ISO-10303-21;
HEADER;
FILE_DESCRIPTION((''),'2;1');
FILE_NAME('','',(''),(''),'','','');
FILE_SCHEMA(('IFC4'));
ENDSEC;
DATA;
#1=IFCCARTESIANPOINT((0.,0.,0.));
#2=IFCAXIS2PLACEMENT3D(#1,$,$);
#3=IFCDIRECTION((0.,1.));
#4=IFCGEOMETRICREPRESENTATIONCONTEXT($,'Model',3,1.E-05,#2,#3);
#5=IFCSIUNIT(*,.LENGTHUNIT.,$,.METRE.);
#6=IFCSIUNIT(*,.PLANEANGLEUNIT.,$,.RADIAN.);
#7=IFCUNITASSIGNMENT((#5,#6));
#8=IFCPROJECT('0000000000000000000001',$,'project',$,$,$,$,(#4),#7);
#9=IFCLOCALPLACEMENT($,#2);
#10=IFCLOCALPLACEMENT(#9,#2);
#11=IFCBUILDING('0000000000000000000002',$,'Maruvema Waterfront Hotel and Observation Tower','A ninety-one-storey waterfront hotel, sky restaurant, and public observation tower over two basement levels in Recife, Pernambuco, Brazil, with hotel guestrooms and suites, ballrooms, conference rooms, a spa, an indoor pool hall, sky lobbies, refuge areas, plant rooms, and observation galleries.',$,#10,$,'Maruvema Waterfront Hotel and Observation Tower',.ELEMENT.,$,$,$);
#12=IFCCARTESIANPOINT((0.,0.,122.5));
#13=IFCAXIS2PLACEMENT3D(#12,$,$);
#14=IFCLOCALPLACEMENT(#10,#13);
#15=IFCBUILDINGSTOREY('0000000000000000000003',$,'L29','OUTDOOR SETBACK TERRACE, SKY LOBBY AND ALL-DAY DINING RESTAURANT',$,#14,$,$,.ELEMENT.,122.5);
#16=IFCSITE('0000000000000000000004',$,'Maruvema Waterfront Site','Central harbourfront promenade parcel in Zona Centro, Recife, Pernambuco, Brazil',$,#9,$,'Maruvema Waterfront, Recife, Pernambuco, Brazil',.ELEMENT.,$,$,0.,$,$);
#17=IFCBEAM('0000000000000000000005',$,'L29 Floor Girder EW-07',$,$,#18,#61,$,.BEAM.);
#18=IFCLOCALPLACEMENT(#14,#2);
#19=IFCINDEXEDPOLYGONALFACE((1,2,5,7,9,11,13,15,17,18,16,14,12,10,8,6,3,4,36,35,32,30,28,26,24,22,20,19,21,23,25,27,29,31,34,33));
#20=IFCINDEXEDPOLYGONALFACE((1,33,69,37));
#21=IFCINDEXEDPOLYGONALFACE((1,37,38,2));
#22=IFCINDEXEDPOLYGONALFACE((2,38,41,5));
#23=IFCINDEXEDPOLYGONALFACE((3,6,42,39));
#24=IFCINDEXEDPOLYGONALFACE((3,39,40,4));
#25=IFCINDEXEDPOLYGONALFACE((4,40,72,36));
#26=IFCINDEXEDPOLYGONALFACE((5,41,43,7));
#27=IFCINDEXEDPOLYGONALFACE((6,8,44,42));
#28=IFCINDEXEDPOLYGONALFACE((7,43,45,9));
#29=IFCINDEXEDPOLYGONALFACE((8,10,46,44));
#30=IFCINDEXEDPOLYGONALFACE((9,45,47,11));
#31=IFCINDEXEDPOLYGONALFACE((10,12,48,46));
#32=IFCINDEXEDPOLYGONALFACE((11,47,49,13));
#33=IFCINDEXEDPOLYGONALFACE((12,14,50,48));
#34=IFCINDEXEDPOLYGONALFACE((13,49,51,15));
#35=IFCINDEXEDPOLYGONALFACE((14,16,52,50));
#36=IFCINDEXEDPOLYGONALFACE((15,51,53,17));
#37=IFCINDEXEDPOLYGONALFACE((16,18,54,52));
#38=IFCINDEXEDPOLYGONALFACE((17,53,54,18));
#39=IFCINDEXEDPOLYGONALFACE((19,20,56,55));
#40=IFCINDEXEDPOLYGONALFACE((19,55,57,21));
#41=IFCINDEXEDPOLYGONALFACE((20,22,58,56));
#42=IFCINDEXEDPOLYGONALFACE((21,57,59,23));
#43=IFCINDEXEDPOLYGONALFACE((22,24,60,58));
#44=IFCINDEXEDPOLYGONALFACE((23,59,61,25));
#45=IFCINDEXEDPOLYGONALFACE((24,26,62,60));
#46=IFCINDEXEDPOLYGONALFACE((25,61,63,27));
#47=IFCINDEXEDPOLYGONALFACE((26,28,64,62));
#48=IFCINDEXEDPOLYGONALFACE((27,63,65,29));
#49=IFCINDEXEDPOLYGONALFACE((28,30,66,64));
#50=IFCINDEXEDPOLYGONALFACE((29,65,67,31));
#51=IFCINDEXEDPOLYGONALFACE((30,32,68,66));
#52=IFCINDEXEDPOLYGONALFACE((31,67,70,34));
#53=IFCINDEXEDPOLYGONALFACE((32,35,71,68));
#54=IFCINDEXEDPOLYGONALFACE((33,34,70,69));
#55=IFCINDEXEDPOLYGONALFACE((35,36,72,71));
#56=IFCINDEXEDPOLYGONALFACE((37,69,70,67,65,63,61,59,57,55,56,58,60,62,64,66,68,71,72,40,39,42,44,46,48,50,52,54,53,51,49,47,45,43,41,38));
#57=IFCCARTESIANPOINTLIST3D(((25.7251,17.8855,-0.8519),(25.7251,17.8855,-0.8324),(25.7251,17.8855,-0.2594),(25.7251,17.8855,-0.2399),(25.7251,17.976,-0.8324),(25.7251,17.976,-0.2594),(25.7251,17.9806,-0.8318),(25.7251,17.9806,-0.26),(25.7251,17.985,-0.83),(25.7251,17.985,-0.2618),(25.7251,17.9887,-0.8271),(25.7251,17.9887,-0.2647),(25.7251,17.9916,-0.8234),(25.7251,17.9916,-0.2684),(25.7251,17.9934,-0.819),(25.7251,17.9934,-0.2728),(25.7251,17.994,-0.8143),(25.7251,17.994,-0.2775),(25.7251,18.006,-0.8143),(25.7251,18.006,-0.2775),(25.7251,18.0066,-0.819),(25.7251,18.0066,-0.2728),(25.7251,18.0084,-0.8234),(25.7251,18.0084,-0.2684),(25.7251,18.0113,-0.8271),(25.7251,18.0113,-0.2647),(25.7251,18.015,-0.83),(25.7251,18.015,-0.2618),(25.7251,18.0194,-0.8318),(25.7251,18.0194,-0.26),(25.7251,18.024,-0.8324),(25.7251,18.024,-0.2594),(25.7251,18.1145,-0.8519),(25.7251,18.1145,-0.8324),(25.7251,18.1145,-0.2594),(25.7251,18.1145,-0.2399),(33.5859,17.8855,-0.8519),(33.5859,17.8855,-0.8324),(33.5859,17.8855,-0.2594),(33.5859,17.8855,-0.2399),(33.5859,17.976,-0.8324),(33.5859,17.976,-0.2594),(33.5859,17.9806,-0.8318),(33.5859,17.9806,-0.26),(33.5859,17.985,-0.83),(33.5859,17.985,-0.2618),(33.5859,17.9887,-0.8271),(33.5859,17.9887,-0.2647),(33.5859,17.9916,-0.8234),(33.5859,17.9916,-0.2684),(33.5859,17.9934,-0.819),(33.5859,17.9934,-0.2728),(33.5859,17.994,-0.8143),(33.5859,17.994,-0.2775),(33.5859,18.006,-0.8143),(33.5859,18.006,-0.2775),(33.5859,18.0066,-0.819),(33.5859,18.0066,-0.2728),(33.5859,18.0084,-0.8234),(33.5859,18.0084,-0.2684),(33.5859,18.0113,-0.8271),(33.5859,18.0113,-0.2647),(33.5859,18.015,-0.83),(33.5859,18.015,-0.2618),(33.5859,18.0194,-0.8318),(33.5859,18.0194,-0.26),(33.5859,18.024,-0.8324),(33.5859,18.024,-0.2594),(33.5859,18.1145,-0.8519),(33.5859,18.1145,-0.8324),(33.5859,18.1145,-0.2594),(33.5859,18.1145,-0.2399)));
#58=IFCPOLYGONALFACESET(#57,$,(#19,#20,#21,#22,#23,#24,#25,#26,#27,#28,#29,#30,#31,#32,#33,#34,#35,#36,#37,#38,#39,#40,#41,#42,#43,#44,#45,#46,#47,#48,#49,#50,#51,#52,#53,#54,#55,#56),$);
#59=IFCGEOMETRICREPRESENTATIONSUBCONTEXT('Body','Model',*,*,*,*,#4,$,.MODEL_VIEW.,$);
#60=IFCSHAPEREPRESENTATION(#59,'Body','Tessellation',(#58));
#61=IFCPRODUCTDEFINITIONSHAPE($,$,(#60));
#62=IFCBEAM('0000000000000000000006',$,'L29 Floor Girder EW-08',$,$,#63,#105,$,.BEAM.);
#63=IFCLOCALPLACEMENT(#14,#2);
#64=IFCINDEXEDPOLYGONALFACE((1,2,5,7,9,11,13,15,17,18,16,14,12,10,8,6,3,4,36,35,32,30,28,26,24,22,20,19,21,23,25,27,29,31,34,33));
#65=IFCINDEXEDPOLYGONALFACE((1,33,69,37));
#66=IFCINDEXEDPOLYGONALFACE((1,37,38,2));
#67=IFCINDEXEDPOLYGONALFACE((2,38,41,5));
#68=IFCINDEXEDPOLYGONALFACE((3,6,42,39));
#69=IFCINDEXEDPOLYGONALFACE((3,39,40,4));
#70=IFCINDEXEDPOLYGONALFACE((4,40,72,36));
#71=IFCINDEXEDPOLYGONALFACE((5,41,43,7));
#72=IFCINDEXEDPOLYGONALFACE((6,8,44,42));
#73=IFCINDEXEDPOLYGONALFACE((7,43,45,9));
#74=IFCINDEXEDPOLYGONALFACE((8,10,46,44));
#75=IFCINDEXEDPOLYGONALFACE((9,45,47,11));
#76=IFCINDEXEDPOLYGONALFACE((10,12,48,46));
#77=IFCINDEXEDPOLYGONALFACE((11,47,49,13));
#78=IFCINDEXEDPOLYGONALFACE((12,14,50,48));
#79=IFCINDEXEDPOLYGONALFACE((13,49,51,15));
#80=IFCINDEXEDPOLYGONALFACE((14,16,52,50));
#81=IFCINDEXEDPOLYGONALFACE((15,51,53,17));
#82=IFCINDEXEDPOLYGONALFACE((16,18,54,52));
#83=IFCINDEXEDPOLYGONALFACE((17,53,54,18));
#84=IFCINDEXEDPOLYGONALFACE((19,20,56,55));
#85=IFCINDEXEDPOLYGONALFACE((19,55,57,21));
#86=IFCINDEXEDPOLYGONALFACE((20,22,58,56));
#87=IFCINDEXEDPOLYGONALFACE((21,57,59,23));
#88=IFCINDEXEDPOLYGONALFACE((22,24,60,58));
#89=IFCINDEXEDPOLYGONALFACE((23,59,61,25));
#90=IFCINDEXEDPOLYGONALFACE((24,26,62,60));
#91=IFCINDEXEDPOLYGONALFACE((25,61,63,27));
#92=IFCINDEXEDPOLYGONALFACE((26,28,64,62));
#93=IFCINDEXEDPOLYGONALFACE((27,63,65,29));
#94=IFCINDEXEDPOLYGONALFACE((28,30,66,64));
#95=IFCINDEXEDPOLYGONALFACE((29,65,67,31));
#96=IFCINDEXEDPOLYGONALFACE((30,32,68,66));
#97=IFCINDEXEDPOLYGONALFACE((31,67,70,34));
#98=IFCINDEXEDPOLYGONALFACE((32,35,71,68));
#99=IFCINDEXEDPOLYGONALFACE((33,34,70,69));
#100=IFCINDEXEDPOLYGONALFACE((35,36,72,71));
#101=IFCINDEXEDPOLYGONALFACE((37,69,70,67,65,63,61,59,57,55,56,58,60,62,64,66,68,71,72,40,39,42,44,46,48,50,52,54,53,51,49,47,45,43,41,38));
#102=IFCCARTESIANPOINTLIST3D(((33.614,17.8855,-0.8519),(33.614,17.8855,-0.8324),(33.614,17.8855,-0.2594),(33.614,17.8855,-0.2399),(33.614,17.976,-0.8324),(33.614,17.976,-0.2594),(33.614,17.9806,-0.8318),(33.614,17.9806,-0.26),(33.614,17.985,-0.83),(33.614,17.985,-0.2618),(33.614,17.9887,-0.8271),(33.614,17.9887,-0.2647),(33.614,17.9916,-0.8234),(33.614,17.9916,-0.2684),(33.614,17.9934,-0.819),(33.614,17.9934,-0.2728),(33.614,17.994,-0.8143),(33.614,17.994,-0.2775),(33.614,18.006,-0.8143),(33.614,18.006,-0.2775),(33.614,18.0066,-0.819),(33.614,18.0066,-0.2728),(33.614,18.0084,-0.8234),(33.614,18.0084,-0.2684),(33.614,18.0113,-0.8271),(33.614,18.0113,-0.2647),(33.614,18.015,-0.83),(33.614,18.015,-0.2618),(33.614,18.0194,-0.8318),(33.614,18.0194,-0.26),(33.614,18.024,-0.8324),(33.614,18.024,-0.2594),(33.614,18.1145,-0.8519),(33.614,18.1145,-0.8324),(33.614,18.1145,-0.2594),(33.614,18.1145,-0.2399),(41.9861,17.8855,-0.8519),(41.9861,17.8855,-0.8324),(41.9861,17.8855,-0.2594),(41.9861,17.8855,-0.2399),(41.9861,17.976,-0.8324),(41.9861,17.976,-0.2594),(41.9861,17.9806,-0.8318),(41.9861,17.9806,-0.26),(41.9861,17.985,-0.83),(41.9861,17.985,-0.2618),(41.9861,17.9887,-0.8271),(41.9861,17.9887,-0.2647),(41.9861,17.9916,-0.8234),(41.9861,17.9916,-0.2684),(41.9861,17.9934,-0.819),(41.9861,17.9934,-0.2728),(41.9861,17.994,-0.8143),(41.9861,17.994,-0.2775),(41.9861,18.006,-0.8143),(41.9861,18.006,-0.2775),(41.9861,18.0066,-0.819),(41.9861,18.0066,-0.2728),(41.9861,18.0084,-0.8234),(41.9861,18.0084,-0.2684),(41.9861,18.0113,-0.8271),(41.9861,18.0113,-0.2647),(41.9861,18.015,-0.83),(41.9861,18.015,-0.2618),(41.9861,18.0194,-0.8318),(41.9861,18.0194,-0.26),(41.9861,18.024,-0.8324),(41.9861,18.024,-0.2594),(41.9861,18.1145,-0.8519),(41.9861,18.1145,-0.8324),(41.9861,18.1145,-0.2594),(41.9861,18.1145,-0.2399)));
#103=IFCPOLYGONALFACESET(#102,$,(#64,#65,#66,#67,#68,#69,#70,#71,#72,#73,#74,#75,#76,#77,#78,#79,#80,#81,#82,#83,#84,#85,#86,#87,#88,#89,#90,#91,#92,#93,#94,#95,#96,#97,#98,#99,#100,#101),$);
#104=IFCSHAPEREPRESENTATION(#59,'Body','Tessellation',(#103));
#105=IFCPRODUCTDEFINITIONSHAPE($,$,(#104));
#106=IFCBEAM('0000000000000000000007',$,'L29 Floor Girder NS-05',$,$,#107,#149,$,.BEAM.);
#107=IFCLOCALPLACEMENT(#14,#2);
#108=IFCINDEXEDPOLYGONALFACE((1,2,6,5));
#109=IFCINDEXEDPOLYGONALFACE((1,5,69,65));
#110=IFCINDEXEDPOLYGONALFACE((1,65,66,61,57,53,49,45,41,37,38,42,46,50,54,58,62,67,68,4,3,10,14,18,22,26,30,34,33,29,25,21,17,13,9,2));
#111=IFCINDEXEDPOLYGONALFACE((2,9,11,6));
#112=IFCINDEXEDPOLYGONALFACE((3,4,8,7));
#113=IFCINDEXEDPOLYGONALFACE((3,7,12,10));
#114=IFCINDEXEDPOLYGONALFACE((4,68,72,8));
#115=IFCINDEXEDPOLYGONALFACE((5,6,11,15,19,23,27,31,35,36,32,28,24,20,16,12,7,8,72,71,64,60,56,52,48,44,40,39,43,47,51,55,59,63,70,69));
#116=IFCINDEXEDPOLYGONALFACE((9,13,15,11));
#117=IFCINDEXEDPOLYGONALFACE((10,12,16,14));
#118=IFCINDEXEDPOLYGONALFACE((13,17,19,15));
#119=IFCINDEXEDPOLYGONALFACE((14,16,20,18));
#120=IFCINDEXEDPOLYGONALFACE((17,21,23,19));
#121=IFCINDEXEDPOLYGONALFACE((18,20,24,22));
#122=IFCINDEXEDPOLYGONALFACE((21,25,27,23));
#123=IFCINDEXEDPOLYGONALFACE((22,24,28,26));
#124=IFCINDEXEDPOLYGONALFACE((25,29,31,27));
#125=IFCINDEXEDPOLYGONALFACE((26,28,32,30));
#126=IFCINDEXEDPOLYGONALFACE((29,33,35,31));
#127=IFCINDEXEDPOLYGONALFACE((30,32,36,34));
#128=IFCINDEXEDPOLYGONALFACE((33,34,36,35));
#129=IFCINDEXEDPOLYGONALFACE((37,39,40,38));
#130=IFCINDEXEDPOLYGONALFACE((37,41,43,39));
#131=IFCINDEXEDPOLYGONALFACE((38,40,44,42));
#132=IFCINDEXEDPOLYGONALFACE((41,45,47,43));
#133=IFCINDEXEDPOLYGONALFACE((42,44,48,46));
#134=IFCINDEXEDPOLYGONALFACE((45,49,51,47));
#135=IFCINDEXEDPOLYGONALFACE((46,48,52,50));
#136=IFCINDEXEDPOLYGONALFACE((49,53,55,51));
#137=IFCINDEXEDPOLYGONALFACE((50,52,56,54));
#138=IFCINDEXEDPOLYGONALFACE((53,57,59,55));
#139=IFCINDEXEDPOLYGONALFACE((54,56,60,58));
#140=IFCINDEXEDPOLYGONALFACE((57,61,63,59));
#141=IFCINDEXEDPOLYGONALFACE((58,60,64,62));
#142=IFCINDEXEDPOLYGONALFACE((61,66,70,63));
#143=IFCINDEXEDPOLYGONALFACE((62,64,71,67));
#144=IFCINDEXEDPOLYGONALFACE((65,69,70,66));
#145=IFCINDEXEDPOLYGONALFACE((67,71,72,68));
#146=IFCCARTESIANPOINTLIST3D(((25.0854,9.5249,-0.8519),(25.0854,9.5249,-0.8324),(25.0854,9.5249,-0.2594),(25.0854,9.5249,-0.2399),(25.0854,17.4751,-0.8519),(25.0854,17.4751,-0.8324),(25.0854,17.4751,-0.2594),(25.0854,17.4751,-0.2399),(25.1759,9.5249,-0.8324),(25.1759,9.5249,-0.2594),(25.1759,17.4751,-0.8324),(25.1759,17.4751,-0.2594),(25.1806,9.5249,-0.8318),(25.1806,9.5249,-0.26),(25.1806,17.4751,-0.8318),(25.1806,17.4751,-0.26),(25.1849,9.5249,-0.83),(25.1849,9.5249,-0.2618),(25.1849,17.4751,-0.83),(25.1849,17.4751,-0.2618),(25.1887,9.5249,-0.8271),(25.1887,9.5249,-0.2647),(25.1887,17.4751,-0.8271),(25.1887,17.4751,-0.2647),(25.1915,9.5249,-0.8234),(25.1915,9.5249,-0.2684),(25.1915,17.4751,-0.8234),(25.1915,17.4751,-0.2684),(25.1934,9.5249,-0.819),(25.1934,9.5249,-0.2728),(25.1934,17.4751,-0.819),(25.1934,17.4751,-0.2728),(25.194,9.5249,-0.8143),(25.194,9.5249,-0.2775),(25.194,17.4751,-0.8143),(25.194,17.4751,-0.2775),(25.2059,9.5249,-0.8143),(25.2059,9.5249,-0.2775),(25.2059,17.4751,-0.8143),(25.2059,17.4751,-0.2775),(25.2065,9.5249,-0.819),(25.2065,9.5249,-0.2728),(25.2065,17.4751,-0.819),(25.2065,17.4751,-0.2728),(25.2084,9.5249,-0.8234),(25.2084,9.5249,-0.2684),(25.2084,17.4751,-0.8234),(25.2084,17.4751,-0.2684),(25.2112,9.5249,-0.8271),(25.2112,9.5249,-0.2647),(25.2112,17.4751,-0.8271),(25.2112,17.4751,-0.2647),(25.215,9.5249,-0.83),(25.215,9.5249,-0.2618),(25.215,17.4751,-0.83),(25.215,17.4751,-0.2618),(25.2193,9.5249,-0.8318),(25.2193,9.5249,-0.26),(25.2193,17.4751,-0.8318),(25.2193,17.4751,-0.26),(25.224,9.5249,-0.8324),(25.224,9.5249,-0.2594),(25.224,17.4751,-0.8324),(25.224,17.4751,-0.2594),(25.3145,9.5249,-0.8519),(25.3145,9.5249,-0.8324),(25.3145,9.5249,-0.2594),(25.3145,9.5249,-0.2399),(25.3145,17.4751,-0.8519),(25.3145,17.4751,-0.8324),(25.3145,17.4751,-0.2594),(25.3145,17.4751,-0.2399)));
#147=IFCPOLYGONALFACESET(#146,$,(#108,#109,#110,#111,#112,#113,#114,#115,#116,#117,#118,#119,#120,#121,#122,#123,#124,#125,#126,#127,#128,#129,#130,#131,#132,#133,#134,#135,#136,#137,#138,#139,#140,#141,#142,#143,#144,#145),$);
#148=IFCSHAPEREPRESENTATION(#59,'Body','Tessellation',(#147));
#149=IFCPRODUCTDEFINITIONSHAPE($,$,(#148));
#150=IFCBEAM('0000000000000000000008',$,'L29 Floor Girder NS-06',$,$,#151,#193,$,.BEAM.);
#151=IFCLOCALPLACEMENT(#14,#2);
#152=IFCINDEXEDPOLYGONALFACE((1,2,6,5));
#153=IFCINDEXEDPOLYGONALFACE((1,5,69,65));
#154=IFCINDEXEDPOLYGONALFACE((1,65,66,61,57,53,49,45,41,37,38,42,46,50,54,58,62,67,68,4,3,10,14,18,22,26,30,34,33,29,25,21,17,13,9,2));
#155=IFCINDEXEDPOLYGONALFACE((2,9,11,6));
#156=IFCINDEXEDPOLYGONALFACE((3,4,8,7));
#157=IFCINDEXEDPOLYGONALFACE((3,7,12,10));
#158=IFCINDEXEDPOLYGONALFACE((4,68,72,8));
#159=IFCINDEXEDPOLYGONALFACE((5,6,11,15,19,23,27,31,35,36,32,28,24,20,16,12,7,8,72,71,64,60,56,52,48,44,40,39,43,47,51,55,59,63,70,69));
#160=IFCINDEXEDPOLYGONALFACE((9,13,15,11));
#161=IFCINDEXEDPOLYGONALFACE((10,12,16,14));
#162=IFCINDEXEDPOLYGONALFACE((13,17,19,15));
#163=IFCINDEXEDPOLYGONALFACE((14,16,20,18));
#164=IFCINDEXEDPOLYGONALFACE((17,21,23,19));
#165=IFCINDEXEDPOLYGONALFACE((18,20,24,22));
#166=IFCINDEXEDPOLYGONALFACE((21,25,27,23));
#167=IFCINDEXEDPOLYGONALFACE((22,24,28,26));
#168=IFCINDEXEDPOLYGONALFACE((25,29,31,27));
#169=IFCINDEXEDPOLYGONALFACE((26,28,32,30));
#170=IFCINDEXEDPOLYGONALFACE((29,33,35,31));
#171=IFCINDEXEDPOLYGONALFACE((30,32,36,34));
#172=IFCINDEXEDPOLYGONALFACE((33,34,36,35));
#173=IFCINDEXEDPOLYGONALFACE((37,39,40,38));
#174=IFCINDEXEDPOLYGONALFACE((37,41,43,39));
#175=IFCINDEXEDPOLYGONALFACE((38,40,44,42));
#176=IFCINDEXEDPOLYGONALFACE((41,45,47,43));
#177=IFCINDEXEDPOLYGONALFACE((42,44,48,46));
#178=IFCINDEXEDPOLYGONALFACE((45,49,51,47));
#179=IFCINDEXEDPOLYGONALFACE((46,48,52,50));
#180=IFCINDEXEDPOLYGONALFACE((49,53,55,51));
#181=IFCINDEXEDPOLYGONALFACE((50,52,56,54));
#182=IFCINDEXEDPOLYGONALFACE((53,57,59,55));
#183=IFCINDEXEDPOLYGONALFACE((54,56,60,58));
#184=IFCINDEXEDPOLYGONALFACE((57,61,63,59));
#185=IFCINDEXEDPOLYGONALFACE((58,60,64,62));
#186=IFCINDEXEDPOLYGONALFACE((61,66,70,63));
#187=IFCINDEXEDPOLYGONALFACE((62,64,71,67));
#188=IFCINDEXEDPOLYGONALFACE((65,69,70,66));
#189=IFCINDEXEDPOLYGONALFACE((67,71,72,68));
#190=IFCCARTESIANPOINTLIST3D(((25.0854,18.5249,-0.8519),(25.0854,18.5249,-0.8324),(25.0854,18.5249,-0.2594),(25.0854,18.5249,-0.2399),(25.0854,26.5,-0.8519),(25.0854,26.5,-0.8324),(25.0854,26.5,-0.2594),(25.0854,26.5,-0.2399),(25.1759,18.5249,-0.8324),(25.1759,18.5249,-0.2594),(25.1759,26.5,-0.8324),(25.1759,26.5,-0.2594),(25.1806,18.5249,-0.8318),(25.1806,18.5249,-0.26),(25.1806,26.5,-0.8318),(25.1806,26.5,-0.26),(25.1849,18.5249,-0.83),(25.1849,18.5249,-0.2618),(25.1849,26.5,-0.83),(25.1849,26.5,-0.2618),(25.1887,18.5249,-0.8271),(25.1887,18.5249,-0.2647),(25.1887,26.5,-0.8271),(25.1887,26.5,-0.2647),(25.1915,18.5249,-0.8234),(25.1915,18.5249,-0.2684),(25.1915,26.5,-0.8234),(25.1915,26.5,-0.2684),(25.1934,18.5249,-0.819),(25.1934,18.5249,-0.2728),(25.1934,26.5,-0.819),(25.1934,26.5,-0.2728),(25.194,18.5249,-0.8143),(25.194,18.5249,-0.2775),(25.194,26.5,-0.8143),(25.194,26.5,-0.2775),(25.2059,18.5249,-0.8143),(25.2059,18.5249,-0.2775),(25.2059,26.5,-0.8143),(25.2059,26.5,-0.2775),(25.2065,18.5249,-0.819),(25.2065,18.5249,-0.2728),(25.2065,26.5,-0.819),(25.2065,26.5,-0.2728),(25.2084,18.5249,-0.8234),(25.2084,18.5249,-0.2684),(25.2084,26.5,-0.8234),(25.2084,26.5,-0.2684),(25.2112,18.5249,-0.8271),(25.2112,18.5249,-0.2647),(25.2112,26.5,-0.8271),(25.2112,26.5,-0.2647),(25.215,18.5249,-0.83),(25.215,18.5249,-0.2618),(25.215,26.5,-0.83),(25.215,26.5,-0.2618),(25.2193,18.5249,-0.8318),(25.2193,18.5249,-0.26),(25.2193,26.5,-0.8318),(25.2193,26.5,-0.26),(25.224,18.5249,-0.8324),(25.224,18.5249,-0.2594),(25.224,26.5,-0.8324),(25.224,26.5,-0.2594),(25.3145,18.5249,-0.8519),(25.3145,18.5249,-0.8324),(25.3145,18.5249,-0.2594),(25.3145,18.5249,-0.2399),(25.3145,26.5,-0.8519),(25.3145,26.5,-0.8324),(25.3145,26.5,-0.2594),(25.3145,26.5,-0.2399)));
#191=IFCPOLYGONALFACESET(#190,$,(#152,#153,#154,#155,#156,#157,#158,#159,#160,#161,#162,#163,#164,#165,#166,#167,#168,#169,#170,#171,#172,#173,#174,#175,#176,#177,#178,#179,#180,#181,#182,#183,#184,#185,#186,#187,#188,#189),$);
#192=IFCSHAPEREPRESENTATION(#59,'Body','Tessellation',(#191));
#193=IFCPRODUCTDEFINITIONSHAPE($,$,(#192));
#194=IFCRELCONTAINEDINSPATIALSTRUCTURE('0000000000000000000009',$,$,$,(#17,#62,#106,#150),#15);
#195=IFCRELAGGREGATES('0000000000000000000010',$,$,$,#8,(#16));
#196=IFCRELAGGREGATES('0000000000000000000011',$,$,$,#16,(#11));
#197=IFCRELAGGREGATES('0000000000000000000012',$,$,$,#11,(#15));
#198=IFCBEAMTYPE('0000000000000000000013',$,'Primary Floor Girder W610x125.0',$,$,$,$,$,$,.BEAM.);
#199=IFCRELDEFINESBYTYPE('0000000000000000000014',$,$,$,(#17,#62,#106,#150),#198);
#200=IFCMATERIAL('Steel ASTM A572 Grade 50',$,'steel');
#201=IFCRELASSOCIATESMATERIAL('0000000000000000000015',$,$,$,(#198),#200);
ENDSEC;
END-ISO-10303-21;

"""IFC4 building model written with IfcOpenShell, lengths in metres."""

from ifc_helpers import new_model, si_unit, direction, frame, origin, origin_2d, place, context, subcontext, project, spatial, i_section, extrude, material, material_profile, profile_set, type_object, element, save


model = new_model("IFC4")

# Units and contexts
model_context = context("Model", 3, precision=1e-05, world=origin(), true_north=direction((0.0, 1.0)))
body_context = subcontext(model_context, "Body", "Model", "MODEL_VIEW")
ifc_project = project(units=[si_unit("LENGTHUNIT", "METRE"), si_unit("PLANEANGLEUNIT", "RADIAN")], contexts=[model_context])

# Site, building, storey
site_placement = place(None, origin())
site = spatial("IfcSite", under=ifc_project, at=site_placement, Name="Maruvema Waterfront Site", Description="Central harbourfront promenade parcel in Zona Centro, Recife, Pernambuco, Brazil", LongName="Maruvema Waterfront, Recife, Pernambuco, Brazil", CompositionType="ELEMENT", RefElevation=0.0)
building_placement = place(site_placement, origin())
building = spatial("IfcBuilding", under=site, at=building_placement, Name="Maruvema Waterfront Hotel and Observation Tower", Description="A ninety-one-storey waterfront hotel, sky restaurant, and public observation tower over two basement levels in Recife, Pernambuco, Brazil, with hotel guestrooms and suites, ballrooms, conference rooms, a spa, an indoor pool hall, sky lobbies, refuge areas, plant rooms, and observation galleries.", LongName="Maruvema Waterfront Hotel and Observation Tower", CompositionType="ELEMENT")
storey_placement = place(building_placement, frame((0.0, 0.0, 122.5)))
storey = spatial("IfcBuildingStorey", under=building, at=storey_placement, Name="L29", Description="OUTDOOR SETBACK TERRACE, SKY LOBBY AND ALL-DAY DINING RESTAURANT", CompositionType="ELEMENT", Elevation=122.5)

# Beams
ifc_material_1 = material(Name="Steel ASTM A572 Grade 50", Category="steel")
ifc_material_profile_1 = material_profile(ifc_material_1, i_section(OverallWidth=0.229, OverallDepth=0.6121, WebThickness=0.012, FlangeThickness=0.0195, FilletRadius=0.0181, at=origin_2d()), Name="W610x125.0")
ifc_profile_set_1 = profile_set([ifc_material_profile_1], Name="Steel ASTM A572 Grade 50")
beam_type_1 = type_object("IfcBeamType", Name="Primary Floor Girder W610x125.0", PredefinedType="BEAM", material=ifc_profile_set_1)
beam_1_placement = place(storey_placement, frame((25.7251, 18.0, -0.5459), z_axis=(1.0, 0.0, 0.0), x_axis=(0.0, 1.0, 0.0)))
element("IfcBeam", 1, at=beam_1_placement, inside=storey, type_object=beam_type_1, Name="L29 Floor Girder EW-07", PredefinedType="BEAM", context=body_context, shape_type="SweptSolid", body=[
    extrude(i_section(OverallWidth=0.229, OverallDepth=0.6121, WebThickness=0.012, FlangeThickness=0.0195, FilletRadius=0.0181, at=origin_2d()), origin(), (0.0, 0.0, 1.0), 7.8608),
])
beam_2_placement = place(storey_placement, frame((33.614, 18.0, -0.5459), z_axis=(1.0, 0.0, 0.0), x_axis=(0.0, 1.0, 0.0)))
element("IfcBeam", 2, at=beam_2_placement, inside=storey, type_object=beam_type_1, Name="L29 Floor Girder EW-08", PredefinedType="BEAM", context=body_context, shape_type="SweptSolid", body=[
    extrude(i_section(OverallWidth=0.229, OverallDepth=0.6121, WebThickness=0.012, FlangeThickness=0.0195, FilletRadius=0.0181, at=origin_2d()), origin(), (0.0, 0.0, 1.0), 8.3721),
])
beam_3_placement = place(storey_placement, frame((25.2, 9.5249, -0.5459), z_axis=(0.0, 1.0, 0.0), x_axis=(-1.0, 0.0, 0.0)))
element("IfcBeam", 3, at=beam_3_placement, inside=storey, type_object=beam_type_1, Name="L29 Floor Girder NS-05", PredefinedType="BEAM", context=body_context, shape_type="SweptSolid", body=[
    extrude(i_section(OverallWidth=0.229, OverallDepth=0.6121, WebThickness=0.012, FlangeThickness=0.0195, FilletRadius=0.0181, at=origin_2d()), origin(), (0.0, 0.0, 1.0), 7.9502),
])
for number, where, z_axis, x_axis, name in (
    (4, (25.2, 18.5249, -0.5459), (0.0, 1.0, 0.0), (-1.0, 0.0, 0.0), "L29 Floor Girder NS-06"),
):
    element("IfcBeam", number, at=place(storey_placement, frame(where, z_axis=z_axis, x_axis=x_axis)), inside=storey, type_object=beam_type_1, Name=name, PredefinedType="BEAM", context=body_context, shape_type="SweptSolid", body=[
        extrude(i_section(OverallWidth=0.229, OverallDepth=0.6121, WebThickness=0.012, FlangeThickness=0.0195, FilletRadius=0.0181, at=origin_2d()), origin(), (0.0, 0.0, 1.0), 7.9751),
    ])

save(model, "model.ifc")
